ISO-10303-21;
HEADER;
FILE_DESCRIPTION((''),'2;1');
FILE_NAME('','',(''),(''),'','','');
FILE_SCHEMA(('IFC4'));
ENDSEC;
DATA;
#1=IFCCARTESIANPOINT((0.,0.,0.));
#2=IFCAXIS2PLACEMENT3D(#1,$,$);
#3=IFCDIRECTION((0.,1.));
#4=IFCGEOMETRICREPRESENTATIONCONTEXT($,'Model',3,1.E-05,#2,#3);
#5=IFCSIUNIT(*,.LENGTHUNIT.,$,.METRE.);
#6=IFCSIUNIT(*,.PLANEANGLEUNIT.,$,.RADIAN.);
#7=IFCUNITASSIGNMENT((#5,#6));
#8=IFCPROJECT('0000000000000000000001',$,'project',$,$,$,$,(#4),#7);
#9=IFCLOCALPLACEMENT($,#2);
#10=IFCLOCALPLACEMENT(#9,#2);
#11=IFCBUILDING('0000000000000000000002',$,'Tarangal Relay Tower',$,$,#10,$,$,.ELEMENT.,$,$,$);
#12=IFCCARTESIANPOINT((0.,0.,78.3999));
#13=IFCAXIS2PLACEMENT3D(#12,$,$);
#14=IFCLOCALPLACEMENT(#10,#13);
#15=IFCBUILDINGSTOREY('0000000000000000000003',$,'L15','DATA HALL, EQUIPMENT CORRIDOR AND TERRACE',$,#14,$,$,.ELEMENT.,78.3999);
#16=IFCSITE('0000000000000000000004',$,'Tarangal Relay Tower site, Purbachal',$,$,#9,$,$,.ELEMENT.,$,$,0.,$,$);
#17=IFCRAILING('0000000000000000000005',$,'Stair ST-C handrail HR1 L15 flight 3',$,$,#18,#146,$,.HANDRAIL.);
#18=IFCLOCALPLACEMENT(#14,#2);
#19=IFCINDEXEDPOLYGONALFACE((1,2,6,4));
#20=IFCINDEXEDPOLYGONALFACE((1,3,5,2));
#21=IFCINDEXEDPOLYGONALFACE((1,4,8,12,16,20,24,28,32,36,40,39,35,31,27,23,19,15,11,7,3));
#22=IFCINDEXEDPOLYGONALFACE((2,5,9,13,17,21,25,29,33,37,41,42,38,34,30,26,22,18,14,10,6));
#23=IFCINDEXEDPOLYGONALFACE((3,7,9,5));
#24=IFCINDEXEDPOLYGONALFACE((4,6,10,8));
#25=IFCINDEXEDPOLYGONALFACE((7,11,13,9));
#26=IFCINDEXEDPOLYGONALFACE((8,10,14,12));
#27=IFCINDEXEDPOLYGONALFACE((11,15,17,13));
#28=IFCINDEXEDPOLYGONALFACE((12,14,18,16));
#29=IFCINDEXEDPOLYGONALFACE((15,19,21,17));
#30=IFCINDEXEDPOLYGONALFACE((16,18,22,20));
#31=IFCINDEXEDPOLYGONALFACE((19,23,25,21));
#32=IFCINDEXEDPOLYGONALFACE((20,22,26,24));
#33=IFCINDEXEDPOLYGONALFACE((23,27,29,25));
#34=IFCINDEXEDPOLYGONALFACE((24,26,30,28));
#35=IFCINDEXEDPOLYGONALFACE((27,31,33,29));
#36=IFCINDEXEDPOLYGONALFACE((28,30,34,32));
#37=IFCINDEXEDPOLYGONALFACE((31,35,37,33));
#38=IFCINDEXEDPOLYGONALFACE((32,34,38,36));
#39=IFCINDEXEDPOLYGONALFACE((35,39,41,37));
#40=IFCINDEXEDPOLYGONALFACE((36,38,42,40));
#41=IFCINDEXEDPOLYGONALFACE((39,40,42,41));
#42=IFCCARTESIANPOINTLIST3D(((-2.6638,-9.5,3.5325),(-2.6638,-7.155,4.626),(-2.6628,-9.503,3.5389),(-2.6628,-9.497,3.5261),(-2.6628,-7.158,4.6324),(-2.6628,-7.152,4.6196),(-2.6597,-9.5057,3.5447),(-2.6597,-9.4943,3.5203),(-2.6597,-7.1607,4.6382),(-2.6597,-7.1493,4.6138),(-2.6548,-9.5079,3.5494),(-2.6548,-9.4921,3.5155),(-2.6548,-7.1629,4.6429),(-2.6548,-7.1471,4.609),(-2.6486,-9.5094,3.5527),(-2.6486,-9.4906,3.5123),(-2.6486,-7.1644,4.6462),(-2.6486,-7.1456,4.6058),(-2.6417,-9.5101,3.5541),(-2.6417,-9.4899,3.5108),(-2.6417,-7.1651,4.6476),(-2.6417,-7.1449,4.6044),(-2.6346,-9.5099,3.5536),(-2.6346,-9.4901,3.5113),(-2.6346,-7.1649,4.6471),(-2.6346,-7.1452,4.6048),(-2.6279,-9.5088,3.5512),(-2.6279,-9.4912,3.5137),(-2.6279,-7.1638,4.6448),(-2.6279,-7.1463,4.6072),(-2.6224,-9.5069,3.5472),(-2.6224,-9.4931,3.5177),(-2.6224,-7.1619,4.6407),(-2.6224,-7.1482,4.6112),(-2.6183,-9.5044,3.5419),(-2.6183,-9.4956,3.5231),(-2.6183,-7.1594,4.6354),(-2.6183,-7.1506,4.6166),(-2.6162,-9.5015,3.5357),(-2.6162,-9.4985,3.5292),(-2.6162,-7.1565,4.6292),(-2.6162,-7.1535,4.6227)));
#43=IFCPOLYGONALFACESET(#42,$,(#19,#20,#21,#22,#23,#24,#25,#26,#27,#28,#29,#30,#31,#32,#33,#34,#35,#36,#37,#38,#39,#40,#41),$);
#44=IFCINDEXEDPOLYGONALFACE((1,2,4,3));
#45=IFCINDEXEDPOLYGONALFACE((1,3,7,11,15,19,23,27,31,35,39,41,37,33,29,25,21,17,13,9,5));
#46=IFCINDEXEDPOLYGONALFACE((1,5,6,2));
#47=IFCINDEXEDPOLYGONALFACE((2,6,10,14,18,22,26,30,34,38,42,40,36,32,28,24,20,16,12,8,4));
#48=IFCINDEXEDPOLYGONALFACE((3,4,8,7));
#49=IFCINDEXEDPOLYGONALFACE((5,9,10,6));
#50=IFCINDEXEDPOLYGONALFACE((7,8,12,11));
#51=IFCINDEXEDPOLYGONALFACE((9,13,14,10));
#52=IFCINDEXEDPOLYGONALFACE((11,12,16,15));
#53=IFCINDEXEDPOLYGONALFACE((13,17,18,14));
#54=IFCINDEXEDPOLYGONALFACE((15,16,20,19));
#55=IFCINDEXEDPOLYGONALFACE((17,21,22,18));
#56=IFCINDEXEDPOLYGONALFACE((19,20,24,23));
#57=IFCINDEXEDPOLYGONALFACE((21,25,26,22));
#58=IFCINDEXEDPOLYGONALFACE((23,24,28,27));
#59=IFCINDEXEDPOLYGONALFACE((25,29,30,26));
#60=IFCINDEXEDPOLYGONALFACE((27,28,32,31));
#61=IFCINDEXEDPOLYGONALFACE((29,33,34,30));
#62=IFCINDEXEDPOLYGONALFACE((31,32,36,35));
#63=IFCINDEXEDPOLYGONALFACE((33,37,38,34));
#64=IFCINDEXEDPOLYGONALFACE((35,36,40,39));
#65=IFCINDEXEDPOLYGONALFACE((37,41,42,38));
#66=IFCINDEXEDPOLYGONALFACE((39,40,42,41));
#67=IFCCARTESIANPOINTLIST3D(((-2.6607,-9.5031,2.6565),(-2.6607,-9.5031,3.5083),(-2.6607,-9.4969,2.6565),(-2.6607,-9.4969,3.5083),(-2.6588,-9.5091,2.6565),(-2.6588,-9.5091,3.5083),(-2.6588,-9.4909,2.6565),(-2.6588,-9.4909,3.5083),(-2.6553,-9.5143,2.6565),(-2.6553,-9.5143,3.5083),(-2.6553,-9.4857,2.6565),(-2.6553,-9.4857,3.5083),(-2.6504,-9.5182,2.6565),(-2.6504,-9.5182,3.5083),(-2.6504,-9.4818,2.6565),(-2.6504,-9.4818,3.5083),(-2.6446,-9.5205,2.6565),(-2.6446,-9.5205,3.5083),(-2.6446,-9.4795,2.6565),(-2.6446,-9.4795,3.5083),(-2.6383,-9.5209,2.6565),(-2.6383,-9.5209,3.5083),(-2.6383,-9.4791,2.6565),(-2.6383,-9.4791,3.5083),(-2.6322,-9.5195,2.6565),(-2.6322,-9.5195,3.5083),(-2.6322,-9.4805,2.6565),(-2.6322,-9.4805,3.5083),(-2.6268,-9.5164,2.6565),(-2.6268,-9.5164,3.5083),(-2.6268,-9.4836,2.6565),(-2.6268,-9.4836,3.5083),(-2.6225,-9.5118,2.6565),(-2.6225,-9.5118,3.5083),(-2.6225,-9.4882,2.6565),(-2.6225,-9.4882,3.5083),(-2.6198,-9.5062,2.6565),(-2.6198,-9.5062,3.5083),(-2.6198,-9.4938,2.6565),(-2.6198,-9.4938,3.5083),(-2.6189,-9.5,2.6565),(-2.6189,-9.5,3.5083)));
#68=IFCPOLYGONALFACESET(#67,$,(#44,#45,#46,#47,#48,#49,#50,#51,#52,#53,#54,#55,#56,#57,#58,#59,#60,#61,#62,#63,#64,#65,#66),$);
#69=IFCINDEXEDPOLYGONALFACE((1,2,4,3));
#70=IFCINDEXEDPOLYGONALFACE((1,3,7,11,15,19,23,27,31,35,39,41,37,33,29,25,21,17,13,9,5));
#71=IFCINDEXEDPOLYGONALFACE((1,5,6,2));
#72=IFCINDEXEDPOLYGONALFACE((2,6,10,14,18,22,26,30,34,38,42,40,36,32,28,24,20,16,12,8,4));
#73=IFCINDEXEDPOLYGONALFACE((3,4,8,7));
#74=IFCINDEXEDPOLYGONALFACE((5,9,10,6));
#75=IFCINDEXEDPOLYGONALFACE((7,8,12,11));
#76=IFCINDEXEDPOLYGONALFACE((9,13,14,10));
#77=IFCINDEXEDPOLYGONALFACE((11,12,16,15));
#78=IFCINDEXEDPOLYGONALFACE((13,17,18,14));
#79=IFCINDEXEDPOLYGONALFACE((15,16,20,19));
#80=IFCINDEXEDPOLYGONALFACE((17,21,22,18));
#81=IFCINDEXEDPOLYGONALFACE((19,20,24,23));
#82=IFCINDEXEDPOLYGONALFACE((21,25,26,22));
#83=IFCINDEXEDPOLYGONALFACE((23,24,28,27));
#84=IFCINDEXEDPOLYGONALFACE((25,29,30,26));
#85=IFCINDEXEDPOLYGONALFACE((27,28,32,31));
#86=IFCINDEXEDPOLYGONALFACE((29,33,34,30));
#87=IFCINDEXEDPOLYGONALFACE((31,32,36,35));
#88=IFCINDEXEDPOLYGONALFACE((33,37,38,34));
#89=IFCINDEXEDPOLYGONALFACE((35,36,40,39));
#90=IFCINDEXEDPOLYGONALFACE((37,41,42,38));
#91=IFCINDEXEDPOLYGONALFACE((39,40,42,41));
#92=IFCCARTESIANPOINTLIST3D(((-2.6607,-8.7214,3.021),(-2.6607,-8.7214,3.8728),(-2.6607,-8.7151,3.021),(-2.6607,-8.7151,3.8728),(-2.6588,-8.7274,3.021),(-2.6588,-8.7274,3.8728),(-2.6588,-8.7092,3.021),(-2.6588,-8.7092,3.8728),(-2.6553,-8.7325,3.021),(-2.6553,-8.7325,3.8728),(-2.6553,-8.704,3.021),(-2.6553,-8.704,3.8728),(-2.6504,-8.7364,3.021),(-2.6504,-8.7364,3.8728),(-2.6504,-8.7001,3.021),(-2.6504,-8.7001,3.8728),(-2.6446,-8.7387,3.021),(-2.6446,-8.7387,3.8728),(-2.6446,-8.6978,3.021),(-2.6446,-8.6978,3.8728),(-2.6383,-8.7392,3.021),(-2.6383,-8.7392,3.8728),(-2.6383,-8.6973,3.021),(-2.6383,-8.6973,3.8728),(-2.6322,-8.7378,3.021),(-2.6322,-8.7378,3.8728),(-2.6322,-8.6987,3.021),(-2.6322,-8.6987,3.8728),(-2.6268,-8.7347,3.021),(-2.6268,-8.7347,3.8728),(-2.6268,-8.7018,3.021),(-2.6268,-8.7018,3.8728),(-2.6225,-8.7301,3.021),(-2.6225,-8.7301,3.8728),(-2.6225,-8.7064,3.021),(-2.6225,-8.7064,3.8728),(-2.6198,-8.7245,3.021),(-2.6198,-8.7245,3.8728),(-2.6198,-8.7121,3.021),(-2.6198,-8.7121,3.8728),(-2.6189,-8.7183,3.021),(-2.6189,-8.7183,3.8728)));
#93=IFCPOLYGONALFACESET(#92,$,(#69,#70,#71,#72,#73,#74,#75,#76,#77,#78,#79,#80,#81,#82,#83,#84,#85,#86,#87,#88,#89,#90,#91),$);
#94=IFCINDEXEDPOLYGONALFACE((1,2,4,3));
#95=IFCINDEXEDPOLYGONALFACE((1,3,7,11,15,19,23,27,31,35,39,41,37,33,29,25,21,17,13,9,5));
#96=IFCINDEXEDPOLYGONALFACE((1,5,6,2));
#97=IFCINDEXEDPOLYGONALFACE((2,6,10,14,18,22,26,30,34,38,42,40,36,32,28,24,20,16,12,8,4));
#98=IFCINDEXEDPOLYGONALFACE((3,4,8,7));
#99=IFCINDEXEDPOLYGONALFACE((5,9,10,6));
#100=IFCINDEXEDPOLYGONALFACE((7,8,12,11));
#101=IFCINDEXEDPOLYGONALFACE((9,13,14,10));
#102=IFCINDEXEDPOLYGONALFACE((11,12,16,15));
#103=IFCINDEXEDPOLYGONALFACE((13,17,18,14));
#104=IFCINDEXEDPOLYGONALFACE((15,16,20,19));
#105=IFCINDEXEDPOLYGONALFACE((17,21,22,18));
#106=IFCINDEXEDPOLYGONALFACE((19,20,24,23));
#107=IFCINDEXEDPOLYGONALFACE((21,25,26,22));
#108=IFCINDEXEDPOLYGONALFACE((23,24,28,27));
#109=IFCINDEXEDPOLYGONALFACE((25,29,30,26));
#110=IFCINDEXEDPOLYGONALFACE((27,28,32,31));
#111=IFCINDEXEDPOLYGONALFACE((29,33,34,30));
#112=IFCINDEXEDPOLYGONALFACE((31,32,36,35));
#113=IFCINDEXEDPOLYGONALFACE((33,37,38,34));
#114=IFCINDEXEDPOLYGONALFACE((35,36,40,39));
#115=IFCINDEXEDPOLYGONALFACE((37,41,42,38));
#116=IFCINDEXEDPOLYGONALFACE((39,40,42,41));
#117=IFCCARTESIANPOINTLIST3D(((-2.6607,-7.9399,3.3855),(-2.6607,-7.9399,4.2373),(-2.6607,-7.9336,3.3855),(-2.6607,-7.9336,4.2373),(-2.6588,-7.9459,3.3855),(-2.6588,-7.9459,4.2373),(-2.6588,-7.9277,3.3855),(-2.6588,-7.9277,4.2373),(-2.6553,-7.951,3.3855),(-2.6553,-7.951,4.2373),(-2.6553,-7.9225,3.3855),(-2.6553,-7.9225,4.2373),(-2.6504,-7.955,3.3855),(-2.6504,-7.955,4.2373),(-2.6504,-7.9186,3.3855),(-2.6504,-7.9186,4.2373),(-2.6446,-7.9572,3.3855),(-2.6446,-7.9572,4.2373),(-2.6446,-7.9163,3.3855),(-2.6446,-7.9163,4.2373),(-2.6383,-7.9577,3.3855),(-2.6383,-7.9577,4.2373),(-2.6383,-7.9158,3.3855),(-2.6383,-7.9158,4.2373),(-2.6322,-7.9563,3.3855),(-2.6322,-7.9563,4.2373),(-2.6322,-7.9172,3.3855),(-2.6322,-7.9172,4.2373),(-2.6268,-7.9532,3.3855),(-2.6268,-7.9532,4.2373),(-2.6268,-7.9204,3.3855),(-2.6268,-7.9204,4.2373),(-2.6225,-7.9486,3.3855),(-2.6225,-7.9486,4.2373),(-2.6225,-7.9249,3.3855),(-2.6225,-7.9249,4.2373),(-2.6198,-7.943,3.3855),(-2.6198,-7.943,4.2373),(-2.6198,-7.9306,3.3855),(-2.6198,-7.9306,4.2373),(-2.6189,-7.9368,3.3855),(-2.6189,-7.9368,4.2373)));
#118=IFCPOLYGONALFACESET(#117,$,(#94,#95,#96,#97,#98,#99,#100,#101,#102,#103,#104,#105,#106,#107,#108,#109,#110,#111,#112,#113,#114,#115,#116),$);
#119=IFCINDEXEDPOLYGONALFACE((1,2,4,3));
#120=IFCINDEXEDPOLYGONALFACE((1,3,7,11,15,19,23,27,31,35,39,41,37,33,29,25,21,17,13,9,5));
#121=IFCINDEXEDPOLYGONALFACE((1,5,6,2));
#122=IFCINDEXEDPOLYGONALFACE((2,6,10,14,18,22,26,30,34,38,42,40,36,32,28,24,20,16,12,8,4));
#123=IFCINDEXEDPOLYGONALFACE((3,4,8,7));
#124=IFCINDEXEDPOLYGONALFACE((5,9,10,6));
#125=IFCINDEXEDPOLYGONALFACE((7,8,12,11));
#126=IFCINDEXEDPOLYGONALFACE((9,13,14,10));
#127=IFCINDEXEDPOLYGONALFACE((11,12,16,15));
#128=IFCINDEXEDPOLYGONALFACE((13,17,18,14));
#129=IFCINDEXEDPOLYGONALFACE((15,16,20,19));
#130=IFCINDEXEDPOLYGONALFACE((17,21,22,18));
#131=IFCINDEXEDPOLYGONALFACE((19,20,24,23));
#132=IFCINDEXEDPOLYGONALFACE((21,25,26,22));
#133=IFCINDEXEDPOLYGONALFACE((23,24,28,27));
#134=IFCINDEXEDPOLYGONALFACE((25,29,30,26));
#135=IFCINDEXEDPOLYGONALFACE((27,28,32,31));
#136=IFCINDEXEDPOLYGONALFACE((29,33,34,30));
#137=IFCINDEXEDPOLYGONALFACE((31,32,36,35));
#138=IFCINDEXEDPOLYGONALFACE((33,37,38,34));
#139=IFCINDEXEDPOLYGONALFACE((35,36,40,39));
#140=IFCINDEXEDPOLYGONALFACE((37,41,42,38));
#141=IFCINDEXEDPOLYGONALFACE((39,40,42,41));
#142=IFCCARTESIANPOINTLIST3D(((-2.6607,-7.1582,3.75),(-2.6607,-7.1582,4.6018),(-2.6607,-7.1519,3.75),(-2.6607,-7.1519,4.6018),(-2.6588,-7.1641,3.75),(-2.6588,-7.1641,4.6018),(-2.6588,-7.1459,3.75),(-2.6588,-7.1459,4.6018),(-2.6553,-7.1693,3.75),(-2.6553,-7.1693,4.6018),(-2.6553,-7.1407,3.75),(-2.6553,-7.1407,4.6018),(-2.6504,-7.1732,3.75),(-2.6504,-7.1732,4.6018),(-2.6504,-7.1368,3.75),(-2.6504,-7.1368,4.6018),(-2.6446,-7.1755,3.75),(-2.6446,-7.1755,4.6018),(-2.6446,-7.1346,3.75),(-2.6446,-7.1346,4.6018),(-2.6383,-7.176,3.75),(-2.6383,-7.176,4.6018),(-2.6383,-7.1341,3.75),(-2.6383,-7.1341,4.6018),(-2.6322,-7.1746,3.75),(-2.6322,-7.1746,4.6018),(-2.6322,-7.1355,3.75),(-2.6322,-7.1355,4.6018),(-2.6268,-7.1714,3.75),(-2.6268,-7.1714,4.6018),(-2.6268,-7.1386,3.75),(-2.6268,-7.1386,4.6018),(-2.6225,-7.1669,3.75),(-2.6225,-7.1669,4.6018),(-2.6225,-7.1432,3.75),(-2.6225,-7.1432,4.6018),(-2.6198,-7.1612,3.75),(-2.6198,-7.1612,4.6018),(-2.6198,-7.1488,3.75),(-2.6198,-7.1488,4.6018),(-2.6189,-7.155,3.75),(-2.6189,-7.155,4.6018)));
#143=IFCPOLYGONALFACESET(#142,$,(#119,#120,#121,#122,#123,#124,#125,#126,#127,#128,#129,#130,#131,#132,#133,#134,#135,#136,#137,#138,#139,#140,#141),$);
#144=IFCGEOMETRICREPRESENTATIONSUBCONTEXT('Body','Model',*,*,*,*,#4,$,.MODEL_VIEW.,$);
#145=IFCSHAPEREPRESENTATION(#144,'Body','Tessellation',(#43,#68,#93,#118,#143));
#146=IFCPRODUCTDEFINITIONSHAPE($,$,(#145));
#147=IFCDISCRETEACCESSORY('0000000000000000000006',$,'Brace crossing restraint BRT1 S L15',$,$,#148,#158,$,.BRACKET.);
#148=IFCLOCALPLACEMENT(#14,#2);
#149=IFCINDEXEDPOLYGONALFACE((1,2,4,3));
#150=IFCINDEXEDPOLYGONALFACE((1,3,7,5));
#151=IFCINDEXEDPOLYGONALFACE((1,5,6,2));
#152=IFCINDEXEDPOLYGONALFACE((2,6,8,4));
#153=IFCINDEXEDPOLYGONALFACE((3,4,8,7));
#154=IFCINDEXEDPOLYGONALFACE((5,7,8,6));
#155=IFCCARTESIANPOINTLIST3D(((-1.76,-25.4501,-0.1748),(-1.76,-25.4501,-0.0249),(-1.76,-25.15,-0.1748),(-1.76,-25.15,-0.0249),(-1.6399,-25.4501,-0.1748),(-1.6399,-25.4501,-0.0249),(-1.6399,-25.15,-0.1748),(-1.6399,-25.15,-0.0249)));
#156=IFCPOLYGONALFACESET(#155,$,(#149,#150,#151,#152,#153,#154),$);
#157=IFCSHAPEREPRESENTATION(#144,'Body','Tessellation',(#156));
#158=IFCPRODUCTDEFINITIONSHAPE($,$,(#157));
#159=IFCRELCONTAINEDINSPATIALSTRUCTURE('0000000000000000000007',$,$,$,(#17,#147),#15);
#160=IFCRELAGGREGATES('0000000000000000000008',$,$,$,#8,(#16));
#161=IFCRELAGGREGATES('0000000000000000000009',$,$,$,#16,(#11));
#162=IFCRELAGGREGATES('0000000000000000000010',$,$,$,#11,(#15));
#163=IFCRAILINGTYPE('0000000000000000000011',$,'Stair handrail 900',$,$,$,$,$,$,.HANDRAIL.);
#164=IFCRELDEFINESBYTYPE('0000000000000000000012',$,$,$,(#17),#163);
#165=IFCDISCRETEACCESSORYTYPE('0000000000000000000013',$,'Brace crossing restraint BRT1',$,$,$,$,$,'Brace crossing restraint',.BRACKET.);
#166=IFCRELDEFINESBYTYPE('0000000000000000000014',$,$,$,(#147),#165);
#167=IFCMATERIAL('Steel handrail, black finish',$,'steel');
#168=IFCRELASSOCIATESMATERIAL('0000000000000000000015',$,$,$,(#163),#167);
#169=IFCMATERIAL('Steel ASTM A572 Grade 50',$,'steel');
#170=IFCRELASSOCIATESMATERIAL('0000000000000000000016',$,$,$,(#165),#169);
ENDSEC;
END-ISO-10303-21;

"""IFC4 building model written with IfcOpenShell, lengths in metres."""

from ifc_helpers import new_model, si_unit, direction, frame, origin, origin_2d, place, context, subcontext, project, spatial, rectangle, circle, extrude, material, type_object, element, save


model = new_model("IFC4")

# Units and contexts
model_context = context("Model", 3, precision=1e-05, world=origin(), true_north=direction((0.0, 1.0)))
body_context = subcontext(model_context, "Body", "Model", "MODEL_VIEW")
ifc_project = project(units=[si_unit("LENGTHUNIT", "METRE"), si_unit("PLANEANGLEUNIT", "RADIAN")], contexts=[model_context])

# Site, building, storey
site_placement = place(None, origin())
site = spatial("IfcSite", under=ifc_project, at=site_placement, Name="Tarangal Relay Tower site, Purbachal", CompositionType="ELEMENT", RefElevation=0.0)
building_placement = place(site_placement, origin())
building = spatial("IfcBuilding", under=site, at=building_placement, Name="Tarangal Relay Tower", CompositionType="ELEMENT")
storey_placement = place(building_placement, frame((0.0, 0.0, 78.3999)))
storey = spatial("IfcBuildingStorey", under=building, at=storey_placement, Name="L15", Description="DATA HALL, EQUIPMENT CORRIDOR AND TERRACE", CompositionType="ELEMENT", Elevation=78.3999)

# Shared definitions
ifc_material_1 = material(Name="Steel ASTM A572 Grade 50", Category="steel")

# Railing
ifc_material_2 = material(Name="Steel handrail, black finish", Category="steel")
railing_type_1 = type_object("IfcRailingType", Name="Stair handrail 900", PredefinedType="HANDRAIL", material=ifc_material_2)
for number, where, name in (
    (1, (-2.6399, -9.5, 2.6565), "Stair ST-C handrail HR1 L15 flight 3"),
):
    element("IfcRailing", number, at=place(storey_placement, frame(where)), inside=storey, type_object=railing_type_1, Name=name, PredefinedType="HANDRAIL", context=body_context, shape_type="SweptSolid", body=[
        extrude(circle(Radius=0.0239, at=origin_2d()), frame((0.0, 0.0, 0.876), z_axis=(0.0, 0.906304, 0.422627), x_axis=(-1.0, 0.0, 0.0)), (0.0, 0.0, 1.0), 2.5874),
        extrude(circle(Radius=0.021, at=origin_2d()), origin(), (0.0, 0.0, 1.0), 0.8518),
        extrude(circle(Radius=0.021, at=origin_2d()), frame((0.0, 0.7817, 0.3645)), (0.0, 0.0, 1.0), 0.8518),
        extrude(circle(Radius=0.021, at=origin_2d()), frame((0.0, 1.5632, 0.729)), (0.0, 0.0, 1.0), 0.8518),
        extrude(circle(Radius=0.021, at=origin_2d()), frame((0.0, 2.345, 1.0935)), (0.0, 0.0, 1.0), 0.8518),
    ])

# Discrete accessory
discrete_accessory_type = type_object("IfcDiscreteAccessoryType", Name="Brace crossing restraint BRT1", ElementType="Brace crossing restraint", PredefinedType="BRACKET", material=ifc_material_1)
discrete_accessory_placement = place(storey_placement, frame((-1.7, -25.3, -0.1748), z_axis=(0.0, 0.0, 1.0), x_axis=(1.0, 0.0, 0.0)))
element("IfcDiscreteAccessory", 2, at=discrete_accessory_placement, inside=storey, type_object=discrete_accessory_type, Name="Brace crossing restraint BRT1 S L15", PredefinedType="BRACKET", context=body_context, shape_type="SweptSolid", body=[
    extrude(rectangle(XDim=0.1201, YDim=0.3, at=origin_2d()), origin(), (0.0, 0.0, 1.0), 0.1499),
])

save(model, "model.ifc")
